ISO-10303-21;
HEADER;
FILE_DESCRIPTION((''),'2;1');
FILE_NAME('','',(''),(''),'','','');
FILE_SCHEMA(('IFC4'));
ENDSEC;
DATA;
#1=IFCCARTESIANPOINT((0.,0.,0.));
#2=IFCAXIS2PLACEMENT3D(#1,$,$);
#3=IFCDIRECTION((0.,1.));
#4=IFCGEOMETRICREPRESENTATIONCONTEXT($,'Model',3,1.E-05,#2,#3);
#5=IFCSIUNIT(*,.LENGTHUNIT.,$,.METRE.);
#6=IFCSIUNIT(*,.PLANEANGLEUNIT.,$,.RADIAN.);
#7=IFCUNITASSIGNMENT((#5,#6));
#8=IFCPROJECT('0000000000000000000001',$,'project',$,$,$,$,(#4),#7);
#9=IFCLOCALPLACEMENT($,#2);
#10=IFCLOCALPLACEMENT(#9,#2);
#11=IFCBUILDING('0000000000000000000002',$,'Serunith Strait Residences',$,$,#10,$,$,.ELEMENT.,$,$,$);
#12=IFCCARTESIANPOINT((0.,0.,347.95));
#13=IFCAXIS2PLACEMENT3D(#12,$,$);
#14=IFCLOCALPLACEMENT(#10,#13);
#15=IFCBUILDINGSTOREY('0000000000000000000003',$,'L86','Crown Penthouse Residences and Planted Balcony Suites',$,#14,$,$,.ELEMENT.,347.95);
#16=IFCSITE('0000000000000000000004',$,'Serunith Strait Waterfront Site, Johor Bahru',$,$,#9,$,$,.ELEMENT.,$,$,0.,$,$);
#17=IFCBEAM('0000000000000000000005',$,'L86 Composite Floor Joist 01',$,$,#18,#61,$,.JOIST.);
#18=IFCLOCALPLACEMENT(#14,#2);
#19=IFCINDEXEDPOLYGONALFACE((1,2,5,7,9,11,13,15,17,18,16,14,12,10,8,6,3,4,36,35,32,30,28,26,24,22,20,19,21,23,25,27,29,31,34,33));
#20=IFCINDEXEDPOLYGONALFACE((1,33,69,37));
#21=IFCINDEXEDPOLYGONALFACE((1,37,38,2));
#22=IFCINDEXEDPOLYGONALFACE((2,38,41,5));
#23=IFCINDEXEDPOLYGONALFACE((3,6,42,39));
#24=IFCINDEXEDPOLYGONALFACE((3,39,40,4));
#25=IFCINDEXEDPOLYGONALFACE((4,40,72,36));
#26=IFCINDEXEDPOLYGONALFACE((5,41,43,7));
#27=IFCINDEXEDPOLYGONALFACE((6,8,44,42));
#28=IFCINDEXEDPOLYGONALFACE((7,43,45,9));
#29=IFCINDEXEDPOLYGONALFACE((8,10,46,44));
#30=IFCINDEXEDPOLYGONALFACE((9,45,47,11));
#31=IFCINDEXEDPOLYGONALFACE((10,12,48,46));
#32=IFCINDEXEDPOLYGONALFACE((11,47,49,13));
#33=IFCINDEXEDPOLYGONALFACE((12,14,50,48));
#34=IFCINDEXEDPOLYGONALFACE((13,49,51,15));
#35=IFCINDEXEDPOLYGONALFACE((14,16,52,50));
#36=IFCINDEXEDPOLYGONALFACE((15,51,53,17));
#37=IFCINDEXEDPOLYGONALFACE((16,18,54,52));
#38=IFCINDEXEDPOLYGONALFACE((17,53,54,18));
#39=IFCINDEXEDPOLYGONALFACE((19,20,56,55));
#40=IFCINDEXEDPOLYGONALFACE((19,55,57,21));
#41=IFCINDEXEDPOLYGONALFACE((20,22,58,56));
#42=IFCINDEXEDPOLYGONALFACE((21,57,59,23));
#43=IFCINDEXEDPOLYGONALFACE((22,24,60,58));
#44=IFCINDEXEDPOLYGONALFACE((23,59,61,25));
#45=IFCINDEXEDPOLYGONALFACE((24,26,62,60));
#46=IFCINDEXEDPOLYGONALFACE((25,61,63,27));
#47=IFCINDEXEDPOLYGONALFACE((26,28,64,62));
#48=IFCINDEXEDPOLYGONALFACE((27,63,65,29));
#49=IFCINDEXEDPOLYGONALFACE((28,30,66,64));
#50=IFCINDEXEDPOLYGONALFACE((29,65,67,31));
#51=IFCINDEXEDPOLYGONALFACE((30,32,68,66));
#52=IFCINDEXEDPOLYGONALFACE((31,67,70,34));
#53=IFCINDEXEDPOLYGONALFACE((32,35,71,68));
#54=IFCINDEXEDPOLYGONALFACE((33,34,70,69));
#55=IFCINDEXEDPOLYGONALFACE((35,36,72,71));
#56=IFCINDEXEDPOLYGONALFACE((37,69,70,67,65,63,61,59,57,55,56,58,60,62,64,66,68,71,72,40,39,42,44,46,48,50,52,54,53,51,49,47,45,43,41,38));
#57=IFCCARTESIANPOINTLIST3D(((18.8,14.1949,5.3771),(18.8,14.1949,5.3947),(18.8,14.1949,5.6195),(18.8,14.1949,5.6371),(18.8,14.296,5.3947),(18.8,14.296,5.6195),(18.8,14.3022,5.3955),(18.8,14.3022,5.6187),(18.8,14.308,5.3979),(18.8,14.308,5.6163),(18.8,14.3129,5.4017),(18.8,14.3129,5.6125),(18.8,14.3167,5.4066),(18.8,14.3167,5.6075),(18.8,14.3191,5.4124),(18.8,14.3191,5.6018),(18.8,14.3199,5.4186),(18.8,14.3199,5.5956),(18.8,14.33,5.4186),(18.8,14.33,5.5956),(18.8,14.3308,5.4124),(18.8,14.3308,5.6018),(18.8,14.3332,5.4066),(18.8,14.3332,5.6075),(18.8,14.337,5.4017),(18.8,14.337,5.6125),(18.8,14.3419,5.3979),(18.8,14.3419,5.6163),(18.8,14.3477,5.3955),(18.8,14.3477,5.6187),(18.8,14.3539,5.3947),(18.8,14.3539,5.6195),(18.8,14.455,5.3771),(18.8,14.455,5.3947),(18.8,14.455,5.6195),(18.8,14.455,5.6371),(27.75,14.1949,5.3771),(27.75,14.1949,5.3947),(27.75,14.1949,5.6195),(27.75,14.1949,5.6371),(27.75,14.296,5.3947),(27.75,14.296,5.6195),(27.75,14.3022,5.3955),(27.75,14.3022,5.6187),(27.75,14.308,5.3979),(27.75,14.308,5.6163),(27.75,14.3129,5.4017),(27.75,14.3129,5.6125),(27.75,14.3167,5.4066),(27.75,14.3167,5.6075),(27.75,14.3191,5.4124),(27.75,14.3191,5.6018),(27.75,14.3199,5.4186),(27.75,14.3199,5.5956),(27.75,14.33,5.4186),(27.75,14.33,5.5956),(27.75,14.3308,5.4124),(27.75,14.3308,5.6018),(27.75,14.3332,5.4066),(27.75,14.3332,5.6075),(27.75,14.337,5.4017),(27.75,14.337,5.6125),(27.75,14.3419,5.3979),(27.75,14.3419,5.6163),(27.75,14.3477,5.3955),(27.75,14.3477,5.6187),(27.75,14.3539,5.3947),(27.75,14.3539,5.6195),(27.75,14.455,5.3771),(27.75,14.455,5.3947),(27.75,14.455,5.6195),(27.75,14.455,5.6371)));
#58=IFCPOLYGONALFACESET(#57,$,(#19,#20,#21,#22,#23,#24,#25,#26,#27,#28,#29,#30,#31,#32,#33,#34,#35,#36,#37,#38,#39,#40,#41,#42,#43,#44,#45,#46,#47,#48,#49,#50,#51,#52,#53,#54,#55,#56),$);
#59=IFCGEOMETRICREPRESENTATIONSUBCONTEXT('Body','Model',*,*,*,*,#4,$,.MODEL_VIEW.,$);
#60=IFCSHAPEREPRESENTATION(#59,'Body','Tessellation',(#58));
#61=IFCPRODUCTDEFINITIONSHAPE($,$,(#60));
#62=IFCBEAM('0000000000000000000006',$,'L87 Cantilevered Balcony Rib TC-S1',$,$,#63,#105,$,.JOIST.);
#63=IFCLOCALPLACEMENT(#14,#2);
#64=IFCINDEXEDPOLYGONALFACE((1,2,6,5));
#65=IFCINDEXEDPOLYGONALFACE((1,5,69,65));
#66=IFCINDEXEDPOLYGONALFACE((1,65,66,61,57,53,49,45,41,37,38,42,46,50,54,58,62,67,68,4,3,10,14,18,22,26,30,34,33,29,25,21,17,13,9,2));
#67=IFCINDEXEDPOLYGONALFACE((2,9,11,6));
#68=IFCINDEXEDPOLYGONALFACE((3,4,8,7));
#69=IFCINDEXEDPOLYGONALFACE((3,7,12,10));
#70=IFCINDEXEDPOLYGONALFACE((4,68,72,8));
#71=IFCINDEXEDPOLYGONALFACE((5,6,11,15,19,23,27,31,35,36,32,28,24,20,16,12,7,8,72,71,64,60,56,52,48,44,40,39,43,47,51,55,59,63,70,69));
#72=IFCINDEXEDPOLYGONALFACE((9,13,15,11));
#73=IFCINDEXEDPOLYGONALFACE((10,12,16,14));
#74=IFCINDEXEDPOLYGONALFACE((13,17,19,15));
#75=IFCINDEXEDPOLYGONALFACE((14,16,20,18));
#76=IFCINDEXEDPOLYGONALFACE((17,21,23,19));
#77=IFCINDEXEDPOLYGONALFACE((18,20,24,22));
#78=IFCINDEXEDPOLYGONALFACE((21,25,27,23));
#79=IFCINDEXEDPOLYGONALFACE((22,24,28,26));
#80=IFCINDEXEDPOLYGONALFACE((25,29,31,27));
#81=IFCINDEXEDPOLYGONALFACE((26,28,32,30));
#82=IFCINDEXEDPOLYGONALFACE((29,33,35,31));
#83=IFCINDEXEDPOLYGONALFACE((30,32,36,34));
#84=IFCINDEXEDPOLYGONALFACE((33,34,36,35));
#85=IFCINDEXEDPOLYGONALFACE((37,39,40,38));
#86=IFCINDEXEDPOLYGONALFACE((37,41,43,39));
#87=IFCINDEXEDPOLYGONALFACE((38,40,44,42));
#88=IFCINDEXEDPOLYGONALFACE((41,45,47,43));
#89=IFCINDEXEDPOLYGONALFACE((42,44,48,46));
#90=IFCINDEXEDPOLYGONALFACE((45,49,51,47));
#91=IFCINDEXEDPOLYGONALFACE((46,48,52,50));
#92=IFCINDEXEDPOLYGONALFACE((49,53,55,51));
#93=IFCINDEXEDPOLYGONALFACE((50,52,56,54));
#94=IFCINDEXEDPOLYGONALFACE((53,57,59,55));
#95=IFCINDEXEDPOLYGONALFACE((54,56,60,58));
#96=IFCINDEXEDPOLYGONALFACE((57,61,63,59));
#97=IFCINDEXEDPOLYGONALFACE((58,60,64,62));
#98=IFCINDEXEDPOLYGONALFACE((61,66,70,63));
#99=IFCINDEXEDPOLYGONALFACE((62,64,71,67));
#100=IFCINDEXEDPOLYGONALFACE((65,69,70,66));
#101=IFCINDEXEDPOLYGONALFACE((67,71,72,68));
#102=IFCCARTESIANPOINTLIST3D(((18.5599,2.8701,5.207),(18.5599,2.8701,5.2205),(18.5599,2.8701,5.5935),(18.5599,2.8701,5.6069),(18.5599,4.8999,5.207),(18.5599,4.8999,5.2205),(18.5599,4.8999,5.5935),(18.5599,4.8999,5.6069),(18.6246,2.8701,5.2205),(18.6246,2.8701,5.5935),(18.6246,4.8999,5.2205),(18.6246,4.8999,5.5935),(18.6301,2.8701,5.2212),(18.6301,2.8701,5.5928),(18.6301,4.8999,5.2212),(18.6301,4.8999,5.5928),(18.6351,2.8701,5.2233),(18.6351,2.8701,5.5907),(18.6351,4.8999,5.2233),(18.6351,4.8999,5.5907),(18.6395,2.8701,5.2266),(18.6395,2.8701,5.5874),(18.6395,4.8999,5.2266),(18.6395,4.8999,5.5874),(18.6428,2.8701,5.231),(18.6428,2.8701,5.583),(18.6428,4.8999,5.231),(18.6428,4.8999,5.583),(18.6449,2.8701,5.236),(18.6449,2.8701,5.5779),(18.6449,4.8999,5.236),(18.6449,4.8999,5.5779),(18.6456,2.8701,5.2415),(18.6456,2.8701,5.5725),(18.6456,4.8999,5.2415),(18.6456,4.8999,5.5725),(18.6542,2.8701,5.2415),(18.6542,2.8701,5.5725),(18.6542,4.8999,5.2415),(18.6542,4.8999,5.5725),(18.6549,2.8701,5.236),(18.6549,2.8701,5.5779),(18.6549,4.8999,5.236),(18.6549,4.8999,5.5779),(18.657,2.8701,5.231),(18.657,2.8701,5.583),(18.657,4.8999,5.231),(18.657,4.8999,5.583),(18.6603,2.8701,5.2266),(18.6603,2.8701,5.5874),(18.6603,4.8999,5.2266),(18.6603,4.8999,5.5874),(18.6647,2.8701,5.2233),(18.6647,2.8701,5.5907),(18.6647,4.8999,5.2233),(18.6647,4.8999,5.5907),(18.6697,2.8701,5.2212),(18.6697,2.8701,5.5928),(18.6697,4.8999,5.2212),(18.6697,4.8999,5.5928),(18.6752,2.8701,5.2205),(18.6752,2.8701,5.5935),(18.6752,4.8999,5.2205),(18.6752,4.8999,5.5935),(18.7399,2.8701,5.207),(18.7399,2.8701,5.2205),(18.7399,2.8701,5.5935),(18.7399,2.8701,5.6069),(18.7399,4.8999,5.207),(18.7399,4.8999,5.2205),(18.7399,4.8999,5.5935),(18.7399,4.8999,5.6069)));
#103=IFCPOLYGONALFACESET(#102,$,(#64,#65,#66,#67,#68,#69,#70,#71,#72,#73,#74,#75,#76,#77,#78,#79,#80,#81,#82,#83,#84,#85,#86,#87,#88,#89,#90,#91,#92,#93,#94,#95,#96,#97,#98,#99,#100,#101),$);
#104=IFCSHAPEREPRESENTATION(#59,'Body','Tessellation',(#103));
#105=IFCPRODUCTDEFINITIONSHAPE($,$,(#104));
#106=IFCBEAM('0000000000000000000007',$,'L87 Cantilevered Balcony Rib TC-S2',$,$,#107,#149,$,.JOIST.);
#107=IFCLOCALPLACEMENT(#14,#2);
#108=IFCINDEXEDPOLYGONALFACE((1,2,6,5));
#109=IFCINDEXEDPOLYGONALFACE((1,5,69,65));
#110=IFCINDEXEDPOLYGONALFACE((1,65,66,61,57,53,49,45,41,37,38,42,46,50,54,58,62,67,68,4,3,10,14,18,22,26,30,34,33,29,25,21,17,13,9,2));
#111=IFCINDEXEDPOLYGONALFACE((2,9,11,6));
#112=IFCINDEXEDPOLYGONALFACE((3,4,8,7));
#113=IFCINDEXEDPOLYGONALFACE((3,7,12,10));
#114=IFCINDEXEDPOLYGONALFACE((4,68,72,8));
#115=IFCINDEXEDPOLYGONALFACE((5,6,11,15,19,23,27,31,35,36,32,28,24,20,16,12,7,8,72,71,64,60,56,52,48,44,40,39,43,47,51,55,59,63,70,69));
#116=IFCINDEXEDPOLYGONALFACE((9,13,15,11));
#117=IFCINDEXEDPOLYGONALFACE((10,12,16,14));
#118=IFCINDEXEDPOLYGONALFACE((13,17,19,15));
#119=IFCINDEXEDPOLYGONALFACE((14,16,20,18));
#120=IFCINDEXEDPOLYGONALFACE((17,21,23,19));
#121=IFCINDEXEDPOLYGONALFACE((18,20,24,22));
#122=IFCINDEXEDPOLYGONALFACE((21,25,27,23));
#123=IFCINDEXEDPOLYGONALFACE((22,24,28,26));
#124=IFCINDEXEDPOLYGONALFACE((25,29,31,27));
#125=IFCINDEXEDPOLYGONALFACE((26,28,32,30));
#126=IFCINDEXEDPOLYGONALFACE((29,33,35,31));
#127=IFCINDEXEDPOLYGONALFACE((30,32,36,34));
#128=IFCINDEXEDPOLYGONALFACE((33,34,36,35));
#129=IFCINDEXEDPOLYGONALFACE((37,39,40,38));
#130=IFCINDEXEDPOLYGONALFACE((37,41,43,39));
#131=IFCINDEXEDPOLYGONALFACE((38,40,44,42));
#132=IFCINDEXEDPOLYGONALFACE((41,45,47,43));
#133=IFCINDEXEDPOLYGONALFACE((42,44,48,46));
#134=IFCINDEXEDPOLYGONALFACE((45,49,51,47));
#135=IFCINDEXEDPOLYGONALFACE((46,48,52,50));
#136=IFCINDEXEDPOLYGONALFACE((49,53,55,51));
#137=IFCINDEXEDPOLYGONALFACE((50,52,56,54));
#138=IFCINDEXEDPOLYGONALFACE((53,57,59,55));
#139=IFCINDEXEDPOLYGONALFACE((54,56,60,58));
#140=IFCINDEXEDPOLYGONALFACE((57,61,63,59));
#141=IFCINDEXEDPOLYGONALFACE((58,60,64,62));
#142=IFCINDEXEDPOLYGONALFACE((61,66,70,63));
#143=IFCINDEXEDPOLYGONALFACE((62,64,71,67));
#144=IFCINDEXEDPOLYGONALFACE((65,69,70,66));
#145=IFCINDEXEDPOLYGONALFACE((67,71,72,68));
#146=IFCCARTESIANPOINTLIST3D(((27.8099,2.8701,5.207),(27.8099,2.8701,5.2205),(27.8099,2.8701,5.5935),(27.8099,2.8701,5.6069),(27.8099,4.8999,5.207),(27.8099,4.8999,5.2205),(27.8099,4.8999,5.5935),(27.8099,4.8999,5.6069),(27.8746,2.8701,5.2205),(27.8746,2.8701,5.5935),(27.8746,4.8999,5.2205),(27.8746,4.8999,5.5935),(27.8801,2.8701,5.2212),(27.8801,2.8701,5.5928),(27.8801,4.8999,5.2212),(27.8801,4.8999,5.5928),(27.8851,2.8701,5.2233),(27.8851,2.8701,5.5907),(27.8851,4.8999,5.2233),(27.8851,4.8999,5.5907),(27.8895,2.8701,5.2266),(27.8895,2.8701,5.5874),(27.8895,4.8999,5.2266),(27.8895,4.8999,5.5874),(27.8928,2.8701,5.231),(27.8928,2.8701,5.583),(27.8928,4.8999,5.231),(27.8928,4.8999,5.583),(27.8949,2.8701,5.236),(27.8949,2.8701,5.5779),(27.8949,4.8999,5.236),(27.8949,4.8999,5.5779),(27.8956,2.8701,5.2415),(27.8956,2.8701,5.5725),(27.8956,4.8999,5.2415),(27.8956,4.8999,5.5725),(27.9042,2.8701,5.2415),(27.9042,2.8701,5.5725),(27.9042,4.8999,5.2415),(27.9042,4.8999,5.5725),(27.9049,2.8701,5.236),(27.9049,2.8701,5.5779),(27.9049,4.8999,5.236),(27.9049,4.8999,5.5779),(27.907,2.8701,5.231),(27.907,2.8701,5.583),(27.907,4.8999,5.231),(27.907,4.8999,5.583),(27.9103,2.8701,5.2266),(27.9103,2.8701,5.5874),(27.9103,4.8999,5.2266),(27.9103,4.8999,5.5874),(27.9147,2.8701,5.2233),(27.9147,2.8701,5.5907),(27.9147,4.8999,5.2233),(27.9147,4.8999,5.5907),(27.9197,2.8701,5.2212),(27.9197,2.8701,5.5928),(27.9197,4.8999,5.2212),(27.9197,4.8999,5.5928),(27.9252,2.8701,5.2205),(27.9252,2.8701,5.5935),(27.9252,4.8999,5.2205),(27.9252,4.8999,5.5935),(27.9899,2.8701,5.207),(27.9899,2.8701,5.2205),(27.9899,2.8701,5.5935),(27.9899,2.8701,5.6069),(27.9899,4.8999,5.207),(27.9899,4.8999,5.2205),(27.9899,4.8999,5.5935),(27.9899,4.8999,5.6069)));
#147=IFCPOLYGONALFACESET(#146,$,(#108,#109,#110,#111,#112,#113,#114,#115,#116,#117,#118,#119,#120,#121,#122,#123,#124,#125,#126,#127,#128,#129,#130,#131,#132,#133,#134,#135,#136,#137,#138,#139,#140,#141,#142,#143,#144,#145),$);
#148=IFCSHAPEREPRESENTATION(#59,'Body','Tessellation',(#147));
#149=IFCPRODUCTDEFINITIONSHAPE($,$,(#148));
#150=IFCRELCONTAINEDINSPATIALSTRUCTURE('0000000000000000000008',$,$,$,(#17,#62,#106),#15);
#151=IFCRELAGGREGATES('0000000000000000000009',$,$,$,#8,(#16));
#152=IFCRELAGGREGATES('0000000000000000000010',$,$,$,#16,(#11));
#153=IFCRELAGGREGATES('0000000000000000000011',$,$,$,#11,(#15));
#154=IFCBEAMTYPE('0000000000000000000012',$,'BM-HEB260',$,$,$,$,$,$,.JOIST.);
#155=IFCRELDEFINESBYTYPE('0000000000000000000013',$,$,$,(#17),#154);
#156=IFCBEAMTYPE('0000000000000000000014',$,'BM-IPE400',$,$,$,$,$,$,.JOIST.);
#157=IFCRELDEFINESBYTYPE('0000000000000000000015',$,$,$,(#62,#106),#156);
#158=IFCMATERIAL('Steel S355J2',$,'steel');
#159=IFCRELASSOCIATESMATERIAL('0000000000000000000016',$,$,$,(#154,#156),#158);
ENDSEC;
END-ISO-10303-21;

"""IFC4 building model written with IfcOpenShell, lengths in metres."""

from ifc_helpers import new_model, si_unit, direction, frame, origin, origin_2d, place, context, subcontext, project, spatial, i_section, extrude, source, transform, mapped, material, material_profile, profile_set, type_object, element, save


model = new_model("IFC4")

# Units and contexts
model_context = context("Model", 3, precision=1e-05, world=origin(), true_north=direction((0.0, 1.0)))
body_context = subcontext(model_context, "Body", "Model", "MODEL_VIEW")
ifc_project = project(units=[si_unit("LENGTHUNIT", "METRE"), si_unit("PLANEANGLEUNIT", "RADIAN")], contexts=[model_context])

# Site, building, storey
site_placement = place(None, origin())
site = spatial("IfcSite", under=ifc_project, at=site_placement, Name="Serunith Strait Waterfront Site, Johor Bahru", CompositionType="ELEMENT", RefElevation=0.0)
building_placement = place(site_placement, origin())
building = spatial("IfcBuilding", under=site, at=building_placement, Name="Serunith Strait Residences", CompositionType="ELEMENT")
storey_placement = place(building_placement, frame((0.0, 0.0, 347.95)))
storey = spatial("IfcBuildingStorey", under=building, at=storey_placement, Name="L86", Description="Crown Penthouse Residences and Planted Balcony Suites", CompositionType="ELEMENT", Elevation=347.95)

# Beams
ifc_material_1 = material(Name="Steel S355J2", Category="steel")
ifc_material_profile_1 = material_profile(ifc_material_1, i_section(OverallWidth=0.26, OverallDepth=0.26, WebThickness=0.01, FlangeThickness=0.0176, FilletRadius=0.0239, at=origin_2d()), Name="HEB 260")
ifc_profile_set_1 = profile_set([ifc_material_profile_1], Name="Steel S355J2")
beam_type_1 = type_object("IfcBeamType", Name="BM-HEB260", PredefinedType="JOIST", material=ifc_profile_set_1)
shared_shape_1 = source(origin(), body_context, "Body", "SweptSolid", [
    extrude(i_section(OverallWidth=0.26, OverallDepth=0.26, WebThickness=0.01, FlangeThickness=0.0176, FilletRadius=0.0239, at=origin_2d()), origin(), (0.0, 0.0, 1.0), 8.95),
])
beam_1_placement = place(storey_placement, frame((18.8, 14.325, 5.5071), z_axis=(1.0, 0.0, 0.0), x_axis=(0.0, 1.0, 0.0)))
element("IfcBeam", 1, at=beam_1_placement, inside=storey, type_object=beam_type_1, Name="L86 Composite Floor Joist 01", PredefinedType="JOIST", context=body_context, shape_type="MappedRepresentation", body=[
    mapped(shared_shape_1, transform((0.0, 0.0, 0.0), scale=1.0)),
])
ifc_material_profile_2 = material_profile(ifc_material_1, i_section(OverallWidth=0.1799, OverallDepth=0.3999, WebThickness=0.0085, FlangeThickness=0.0134, FilletRadius=0.021, at=origin_2d()), Name="IPE 400")
ifc_profile_set_2 = profile_set([ifc_material_profile_2], Name="Steel S355J2")
beam_type_2 = type_object("IfcBeamType", Name="BM-IPE400", PredefinedType="JOIST", material=ifc_profile_set_2)
shared_shape_2 = source(origin(), body_context, "Body", "SweptSolid", [
    extrude(i_section(OverallWidth=0.1799, OverallDepth=0.3999, WebThickness=0.0085, FlangeThickness=0.0134, FilletRadius=0.021, at=origin_2d()), origin(), (0.0, 0.0, 1.0), 2.0298),
])
for number, where, z_axis, x_axis, name in (
    (2, (18.6499, 4.8999, 5.407), (0.0, -1.0, 0.0), (1.0, 0.0, 0.0), "L87 Cantilevered Balcony Rib TC-S1"),
    (3, (27.8999, 4.8999, 5.407), (0.0, -1.0, 0.0), (1.0, 0.0, 0.0), "L87 Cantilevered Balcony Rib TC-S2"),
):
    element("IfcBeam", number, at=place(storey_placement, frame(where, z_axis=z_axis, x_axis=x_axis)), inside=storey, type_object=beam_type_2, Name=name, PredefinedType="JOIST", context=body_context, shape_type="MappedRepresentation", body=[
        mapped(shared_shape_2, transform((0.0, 0.0, 0.0), scale=1.0)),
    ])

save(model, "model.ifc")
